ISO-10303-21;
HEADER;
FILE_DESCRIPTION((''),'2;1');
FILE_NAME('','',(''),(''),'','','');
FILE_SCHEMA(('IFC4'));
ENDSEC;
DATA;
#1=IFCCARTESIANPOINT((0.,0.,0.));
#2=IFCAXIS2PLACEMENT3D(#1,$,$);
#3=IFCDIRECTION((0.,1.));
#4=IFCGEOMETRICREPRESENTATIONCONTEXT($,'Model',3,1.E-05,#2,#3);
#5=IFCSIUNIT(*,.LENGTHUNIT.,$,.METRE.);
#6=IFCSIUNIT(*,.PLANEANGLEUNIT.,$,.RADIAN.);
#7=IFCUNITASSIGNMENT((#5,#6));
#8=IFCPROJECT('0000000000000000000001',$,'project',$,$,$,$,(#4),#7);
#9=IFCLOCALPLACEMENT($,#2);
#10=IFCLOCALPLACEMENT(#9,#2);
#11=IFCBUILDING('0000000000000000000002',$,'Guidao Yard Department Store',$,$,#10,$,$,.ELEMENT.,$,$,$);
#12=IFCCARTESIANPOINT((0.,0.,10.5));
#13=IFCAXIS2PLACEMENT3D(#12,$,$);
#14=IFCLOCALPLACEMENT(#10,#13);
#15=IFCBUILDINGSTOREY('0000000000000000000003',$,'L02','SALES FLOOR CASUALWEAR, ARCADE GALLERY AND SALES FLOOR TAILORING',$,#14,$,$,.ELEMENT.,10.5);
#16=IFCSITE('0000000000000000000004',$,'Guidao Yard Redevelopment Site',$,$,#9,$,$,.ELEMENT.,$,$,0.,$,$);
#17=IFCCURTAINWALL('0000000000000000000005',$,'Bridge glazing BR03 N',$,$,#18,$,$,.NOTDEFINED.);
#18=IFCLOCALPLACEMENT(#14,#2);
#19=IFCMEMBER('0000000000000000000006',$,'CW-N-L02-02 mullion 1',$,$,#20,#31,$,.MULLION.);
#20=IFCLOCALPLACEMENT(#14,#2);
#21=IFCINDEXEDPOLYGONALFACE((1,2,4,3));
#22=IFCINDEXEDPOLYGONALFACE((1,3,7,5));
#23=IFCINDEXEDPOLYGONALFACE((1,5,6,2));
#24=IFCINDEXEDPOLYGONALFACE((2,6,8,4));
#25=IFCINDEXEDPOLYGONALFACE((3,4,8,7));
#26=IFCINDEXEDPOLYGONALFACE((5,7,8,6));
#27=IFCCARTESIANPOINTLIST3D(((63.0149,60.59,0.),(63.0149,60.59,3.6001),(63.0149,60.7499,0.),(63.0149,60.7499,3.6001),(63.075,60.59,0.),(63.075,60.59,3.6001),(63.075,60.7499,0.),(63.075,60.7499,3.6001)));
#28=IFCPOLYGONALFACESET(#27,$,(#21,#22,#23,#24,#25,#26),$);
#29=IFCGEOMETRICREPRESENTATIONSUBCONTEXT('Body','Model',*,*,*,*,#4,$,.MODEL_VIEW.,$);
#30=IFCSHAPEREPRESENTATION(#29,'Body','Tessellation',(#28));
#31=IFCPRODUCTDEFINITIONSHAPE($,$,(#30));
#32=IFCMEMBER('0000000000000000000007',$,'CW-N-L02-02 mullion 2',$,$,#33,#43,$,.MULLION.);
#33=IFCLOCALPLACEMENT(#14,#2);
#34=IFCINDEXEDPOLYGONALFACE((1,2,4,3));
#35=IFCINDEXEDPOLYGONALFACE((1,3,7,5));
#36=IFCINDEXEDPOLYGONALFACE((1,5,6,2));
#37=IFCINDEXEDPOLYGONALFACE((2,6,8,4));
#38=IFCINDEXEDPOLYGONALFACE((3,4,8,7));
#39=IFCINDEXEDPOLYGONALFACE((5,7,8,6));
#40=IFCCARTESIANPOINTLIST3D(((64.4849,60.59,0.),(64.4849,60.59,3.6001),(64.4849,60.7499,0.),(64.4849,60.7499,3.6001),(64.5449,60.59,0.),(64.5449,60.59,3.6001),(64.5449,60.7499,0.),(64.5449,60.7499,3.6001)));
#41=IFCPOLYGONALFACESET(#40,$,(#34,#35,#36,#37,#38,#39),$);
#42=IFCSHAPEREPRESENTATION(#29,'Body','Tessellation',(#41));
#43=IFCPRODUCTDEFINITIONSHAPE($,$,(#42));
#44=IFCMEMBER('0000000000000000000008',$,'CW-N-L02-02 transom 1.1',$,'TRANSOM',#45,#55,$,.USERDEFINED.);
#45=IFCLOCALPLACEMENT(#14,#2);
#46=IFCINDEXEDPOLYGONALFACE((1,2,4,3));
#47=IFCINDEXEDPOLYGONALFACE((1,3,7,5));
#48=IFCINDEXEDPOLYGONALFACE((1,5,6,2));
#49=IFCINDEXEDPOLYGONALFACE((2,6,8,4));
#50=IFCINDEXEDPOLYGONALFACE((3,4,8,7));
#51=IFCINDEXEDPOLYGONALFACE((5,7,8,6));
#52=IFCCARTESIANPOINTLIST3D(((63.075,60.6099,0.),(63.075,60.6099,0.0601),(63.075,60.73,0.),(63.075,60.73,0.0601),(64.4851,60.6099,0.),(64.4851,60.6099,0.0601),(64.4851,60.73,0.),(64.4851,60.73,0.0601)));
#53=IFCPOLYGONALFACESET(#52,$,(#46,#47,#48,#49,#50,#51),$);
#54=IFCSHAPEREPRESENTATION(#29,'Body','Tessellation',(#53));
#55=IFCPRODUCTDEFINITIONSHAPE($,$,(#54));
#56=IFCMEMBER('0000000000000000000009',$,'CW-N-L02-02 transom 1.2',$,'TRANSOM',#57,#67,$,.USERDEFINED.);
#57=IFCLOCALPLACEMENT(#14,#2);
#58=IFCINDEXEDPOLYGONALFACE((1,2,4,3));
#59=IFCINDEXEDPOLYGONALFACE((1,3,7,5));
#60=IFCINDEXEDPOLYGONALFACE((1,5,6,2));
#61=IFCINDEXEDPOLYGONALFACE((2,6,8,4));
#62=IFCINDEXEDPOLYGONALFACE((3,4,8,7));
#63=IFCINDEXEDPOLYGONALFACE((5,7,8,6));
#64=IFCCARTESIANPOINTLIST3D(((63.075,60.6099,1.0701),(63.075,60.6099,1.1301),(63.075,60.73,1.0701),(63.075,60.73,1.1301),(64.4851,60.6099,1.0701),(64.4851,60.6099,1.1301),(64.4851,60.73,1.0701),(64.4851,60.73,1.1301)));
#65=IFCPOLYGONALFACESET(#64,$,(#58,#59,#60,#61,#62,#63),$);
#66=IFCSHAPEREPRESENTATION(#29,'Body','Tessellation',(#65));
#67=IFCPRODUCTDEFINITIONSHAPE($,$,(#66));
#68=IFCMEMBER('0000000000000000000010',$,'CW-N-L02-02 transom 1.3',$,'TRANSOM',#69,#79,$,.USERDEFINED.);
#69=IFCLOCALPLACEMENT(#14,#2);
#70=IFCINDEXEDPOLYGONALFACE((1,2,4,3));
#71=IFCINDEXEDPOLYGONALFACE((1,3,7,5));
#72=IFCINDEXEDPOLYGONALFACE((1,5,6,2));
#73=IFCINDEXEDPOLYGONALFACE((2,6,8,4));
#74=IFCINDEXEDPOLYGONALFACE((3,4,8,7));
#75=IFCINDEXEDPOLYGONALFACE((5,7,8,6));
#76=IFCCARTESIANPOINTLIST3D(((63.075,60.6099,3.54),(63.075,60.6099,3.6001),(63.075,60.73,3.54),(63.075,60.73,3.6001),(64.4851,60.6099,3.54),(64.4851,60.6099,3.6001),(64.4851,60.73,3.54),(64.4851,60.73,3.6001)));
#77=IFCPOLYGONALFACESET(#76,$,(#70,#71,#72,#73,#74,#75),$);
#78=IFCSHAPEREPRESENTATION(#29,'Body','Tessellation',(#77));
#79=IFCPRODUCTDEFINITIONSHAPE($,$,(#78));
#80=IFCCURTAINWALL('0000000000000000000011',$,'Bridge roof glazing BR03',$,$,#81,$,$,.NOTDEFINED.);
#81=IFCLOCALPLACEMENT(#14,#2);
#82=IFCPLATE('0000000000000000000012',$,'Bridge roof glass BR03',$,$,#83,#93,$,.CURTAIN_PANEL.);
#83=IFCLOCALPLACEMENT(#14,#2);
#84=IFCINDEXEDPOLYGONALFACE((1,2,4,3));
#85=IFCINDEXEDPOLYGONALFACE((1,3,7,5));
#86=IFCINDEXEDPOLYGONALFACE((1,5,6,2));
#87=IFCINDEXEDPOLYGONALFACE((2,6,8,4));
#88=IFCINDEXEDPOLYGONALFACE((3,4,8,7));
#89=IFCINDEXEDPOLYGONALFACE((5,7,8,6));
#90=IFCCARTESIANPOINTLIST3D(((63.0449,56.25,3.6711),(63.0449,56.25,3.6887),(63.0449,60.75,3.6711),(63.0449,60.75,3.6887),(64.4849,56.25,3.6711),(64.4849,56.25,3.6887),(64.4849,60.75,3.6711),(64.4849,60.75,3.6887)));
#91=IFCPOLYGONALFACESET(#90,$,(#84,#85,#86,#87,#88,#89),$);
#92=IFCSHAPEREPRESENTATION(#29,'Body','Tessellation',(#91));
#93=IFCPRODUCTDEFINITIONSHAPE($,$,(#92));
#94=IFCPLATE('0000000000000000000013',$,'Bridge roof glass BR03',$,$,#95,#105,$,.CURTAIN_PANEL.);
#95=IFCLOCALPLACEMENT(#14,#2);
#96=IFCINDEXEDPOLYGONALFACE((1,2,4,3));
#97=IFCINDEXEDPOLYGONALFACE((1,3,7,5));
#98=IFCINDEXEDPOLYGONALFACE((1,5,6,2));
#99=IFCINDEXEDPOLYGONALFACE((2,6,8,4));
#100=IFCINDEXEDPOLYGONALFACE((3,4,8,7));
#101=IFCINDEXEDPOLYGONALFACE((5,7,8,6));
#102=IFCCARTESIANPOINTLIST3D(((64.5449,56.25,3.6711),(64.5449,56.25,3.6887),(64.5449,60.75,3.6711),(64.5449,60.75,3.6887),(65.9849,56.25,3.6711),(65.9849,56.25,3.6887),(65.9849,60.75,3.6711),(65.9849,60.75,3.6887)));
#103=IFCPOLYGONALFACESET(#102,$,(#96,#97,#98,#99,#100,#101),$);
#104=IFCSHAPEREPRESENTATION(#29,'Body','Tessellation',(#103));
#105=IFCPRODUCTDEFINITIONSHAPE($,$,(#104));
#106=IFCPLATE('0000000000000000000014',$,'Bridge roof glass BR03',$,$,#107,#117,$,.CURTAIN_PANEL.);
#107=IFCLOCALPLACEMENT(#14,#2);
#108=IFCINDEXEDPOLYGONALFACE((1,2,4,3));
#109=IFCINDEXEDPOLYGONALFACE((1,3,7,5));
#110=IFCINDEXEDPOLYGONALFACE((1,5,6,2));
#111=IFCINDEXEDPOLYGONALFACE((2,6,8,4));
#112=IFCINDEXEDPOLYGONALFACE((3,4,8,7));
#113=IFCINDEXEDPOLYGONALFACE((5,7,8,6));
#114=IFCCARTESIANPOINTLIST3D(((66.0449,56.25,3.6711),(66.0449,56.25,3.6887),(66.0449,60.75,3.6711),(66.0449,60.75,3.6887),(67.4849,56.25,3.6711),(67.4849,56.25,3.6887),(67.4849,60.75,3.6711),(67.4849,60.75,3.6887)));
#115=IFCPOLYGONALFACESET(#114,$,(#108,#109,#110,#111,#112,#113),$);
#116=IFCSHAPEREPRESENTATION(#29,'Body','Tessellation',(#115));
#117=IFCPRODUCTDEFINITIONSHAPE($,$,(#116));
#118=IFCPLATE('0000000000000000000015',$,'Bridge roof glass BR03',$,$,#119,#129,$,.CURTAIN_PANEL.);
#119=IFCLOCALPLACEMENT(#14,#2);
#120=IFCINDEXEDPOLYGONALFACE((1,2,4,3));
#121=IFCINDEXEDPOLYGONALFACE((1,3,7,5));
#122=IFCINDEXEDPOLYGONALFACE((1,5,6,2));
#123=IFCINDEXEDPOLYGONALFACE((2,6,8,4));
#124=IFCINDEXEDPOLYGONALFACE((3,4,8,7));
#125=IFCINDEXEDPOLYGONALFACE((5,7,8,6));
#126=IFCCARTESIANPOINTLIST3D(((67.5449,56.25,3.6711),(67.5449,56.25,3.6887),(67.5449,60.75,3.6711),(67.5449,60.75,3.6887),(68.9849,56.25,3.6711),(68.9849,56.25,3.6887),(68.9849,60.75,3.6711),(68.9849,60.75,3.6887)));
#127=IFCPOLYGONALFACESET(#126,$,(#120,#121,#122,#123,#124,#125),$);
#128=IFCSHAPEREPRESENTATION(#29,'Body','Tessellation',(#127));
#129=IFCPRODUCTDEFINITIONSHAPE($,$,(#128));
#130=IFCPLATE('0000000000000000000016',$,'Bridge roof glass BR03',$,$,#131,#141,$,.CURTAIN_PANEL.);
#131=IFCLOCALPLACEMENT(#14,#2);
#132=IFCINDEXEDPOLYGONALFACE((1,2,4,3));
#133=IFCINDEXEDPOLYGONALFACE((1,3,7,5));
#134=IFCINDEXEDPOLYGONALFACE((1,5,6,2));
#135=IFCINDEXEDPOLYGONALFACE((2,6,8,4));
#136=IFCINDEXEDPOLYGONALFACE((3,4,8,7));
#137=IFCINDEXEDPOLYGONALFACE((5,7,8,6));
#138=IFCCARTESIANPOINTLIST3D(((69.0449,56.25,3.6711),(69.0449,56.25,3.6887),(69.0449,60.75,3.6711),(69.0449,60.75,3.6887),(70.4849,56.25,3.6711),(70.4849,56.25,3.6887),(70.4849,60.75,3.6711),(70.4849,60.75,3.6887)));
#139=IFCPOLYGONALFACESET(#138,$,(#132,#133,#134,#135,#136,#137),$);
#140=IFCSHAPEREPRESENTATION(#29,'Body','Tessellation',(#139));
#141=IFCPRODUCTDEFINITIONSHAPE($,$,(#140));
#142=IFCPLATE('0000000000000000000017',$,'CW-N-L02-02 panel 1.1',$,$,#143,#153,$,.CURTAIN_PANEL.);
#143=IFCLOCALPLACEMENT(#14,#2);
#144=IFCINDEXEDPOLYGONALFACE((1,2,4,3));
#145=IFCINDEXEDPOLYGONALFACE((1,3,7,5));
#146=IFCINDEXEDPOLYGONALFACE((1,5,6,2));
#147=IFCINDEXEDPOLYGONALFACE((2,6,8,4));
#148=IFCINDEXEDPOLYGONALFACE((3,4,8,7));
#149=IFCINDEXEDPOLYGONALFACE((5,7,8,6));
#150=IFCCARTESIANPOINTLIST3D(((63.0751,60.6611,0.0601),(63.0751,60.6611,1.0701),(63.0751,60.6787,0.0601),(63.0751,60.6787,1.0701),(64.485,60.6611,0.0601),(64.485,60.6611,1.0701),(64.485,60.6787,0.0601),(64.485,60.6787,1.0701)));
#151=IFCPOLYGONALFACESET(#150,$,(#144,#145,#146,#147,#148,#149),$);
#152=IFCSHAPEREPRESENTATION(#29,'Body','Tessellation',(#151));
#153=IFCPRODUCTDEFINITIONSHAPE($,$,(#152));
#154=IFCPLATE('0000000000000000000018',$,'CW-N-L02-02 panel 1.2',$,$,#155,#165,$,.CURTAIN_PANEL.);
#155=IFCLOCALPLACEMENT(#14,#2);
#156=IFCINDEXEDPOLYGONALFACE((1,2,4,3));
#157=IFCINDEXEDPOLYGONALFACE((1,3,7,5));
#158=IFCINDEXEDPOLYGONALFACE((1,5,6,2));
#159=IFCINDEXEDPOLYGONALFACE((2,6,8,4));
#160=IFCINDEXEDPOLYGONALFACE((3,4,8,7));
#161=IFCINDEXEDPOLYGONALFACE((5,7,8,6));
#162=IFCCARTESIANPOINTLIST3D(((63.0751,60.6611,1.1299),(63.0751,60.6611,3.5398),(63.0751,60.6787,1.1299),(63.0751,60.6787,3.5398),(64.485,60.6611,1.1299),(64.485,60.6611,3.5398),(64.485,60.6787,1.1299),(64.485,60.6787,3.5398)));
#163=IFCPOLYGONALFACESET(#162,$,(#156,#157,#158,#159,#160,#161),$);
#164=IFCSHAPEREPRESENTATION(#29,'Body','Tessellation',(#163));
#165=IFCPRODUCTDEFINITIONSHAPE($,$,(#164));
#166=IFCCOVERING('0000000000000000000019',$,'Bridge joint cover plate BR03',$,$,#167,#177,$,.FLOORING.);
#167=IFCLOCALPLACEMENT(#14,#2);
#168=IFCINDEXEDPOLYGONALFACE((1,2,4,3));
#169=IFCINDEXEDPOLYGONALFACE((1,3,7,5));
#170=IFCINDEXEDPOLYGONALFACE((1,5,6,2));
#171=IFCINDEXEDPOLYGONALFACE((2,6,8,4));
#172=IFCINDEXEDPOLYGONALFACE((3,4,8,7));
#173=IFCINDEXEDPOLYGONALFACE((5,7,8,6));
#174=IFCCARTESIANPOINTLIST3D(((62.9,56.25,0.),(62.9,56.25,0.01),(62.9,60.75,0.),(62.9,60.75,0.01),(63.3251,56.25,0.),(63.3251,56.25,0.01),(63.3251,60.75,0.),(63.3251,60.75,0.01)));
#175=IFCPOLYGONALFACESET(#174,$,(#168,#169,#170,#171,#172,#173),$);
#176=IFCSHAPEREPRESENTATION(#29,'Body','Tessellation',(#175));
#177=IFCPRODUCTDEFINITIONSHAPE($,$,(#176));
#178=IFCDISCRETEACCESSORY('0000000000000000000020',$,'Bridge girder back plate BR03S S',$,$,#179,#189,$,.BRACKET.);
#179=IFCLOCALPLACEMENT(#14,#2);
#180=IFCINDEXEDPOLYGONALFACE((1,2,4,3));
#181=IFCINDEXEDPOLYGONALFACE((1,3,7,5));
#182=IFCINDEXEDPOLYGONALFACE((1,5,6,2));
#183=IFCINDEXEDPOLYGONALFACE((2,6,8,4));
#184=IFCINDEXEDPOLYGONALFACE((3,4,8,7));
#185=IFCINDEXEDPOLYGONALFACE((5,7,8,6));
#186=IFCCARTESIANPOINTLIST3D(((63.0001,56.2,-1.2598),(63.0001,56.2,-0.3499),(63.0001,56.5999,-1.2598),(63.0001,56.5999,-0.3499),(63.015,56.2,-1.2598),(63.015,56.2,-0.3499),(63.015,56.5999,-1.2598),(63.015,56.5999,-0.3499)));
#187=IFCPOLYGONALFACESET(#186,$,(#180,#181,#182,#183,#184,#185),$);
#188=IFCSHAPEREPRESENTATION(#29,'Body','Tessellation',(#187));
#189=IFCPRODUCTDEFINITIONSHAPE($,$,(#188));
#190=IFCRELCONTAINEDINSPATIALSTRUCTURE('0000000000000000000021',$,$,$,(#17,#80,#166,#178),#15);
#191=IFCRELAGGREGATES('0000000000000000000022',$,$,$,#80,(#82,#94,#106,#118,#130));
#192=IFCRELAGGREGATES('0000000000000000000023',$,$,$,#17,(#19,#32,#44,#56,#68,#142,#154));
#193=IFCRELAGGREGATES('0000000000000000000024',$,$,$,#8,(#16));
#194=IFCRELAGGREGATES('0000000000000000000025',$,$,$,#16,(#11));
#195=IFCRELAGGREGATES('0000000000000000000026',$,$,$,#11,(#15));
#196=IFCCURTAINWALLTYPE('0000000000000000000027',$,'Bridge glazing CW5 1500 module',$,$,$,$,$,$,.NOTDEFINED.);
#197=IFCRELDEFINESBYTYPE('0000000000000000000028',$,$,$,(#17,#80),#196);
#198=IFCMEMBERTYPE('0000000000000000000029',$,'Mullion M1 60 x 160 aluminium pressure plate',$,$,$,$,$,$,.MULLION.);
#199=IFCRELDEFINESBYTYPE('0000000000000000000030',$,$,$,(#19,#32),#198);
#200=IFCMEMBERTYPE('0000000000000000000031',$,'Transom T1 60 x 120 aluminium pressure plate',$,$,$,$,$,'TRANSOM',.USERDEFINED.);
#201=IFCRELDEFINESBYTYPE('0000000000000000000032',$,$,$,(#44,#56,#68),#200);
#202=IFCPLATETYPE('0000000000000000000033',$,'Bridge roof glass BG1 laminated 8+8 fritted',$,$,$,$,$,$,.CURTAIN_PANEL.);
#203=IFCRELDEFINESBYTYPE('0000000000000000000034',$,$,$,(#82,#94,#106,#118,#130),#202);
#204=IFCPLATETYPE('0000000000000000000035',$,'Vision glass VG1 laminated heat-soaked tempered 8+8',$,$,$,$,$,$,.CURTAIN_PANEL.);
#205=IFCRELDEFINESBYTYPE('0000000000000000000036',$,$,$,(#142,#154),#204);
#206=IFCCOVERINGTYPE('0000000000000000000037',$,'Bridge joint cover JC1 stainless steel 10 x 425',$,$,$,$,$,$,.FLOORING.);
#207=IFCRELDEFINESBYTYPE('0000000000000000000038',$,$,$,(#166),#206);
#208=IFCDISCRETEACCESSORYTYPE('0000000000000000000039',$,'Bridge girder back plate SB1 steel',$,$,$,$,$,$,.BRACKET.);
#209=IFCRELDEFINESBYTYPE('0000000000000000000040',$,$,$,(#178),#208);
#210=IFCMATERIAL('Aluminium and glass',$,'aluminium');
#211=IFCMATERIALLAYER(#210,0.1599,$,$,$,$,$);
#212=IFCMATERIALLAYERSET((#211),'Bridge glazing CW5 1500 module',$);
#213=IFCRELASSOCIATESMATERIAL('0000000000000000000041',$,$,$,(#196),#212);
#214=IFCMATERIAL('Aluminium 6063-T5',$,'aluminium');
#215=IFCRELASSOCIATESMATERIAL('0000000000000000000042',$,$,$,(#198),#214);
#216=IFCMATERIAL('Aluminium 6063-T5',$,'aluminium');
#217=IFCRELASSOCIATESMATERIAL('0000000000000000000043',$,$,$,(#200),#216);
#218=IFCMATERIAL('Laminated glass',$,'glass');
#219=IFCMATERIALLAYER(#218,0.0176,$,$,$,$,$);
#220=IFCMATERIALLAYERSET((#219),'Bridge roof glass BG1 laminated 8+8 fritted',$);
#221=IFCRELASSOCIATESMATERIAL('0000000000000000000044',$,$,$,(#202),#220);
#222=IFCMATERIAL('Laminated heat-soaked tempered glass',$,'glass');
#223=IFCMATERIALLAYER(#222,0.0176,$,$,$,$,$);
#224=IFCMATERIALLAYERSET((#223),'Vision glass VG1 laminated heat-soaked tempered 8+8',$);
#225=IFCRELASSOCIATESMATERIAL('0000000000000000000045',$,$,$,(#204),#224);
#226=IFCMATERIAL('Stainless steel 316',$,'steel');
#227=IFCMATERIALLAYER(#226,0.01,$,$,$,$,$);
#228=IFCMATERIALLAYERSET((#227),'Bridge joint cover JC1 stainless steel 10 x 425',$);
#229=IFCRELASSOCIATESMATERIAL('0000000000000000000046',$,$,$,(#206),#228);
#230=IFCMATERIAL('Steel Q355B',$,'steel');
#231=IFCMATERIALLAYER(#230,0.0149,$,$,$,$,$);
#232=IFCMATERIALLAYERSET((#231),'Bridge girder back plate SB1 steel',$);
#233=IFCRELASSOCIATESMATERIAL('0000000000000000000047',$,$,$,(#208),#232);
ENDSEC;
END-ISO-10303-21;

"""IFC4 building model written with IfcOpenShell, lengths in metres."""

from ifc_helpers import new_model, si_unit, direction, frame, origin, origin_2d, place, context, subcontext, project, spatial, rectangle, extrude, material, layer, layer_set, material_profile, profile_set, type_object, element, aggregate, save


model = new_model("IFC4")

# Units and contexts
model_context = context("Model", 3, precision=1e-05, world=origin(), true_north=direction((0.0, 1.0)))
body_context = subcontext(model_context, "Body", "Model", "MODEL_VIEW")
ifc_project = project(units=[si_unit("LENGTHUNIT", "METRE"), si_unit("PLANEANGLEUNIT", "RADIAN")], contexts=[model_context])

# Site, building, storey
site_placement = place(None, origin())
site = spatial("IfcSite", under=ifc_project, at=site_placement, Name="Guidao Yard Redevelopment Site", CompositionType="ELEMENT", RefElevation=0.0)
building_placement = place(site_placement, origin())
building = spatial("IfcBuilding", under=site, at=building_placement, Name="Guidao Yard Department Store", CompositionType="ELEMENT")
storey_placement = place(building_placement, frame((0.0, 0.0, 10.5)))
storey = spatial("IfcBuildingStorey", under=building, at=storey_placement, Name="L02", Description="SALES FLOOR CASUALWEAR, ARCADE GALLERY AND SALES FLOOR TAILORING", CompositionType="ELEMENT", Elevation=10.5)

# Curtain wall, members
ifc_material_1 = material(Name="Aluminium and glass", Category="aluminium")
ifc_layer_1 = layer(ifc_material_1, 0.1599)
ifc_layer_set_1 = layer_set([ifc_layer_1], Name="Bridge glazing CW5 1500 module")
curtain_wall_type = type_object("IfcCurtainWallType", Name="Bridge glazing CW5 1500 module", PredefinedType="NOTDEFINED", material=ifc_layer_set_1)
curtain_wall_1_placement = place(storey_placement, origin())
curtain_wall_1 = element("IfcCurtainWall", 1, at=curtain_wall_1_placement, inside=storey, type_object=curtain_wall_type, Name="Bridge glazing BR03 N", PredefinedType="NOTDEFINED")
ifc_material_2 = material(Name="Aluminium 6063-T5", Category="aluminium")
ifc_material_profile_1 = material_profile(ifc_material_2, rectangle(XDim=0.0601, YDim=0.1599, at=origin_2d()), Name="Mullion M1 60 x 160 aluminium pressure plate")
ifc_profile_set_1 = profile_set([ifc_material_profile_1], Name="Aluminium 6063-T5")
member_type_1 = type_object("IfcMemberType", Name="Mullion M1 60 x 160 aluminium pressure plate", PredefinedType="MULLION", material=ifc_profile_set_1)
member_1_placement = place(storey_placement, frame((63.0449, 60.6699, 0.0), z_axis=(0.0, 0.0, 1.0), x_axis=(1.0, 0.0, 0.0)))
member_1 = element("IfcMember", 2, at=member_1_placement, type_object=member_type_1, Name="CW-N-L02-02 mullion 1", PredefinedType="MULLION", context=body_context, shape_type="SweptSolid", body=[
    extrude(rectangle(XDim=0.0601, YDim=0.1599, at=origin_2d()), origin(), (0.0, 0.0, 1.0), 3.6001),
])
member_2_placement = place(storey_placement, frame((64.5149, 60.6699, 0.0), z_axis=(0.0, 0.0, 1.0), x_axis=(1.0, 0.0, 0.0)))
member_2 = element("IfcMember", 3, at=member_2_placement, type_object=member_type_1, Name="CW-N-L02-02 mullion 2", PredefinedType="MULLION", context=body_context, shape_type="SweptSolid", body=[
    extrude(rectangle(XDim=0.0601, YDim=0.1599, at=origin_2d()), origin(), (0.0, 0.0, 1.0), 3.6001),
])
ifc_material_3 = material(Name="Aluminium 6063-T5", Category="aluminium")
ifc_material_profile_2 = material_profile(ifc_material_3, rectangle(XDim=0.1201, YDim=0.0601, at=origin_2d()), Name="Transom T1 60 x 120 aluminium pressure plate")
ifc_profile_set_2 = profile_set([ifc_material_profile_2], Name="Aluminium 6063-T5")
member_type_2 = type_object("IfcMemberType", Name="Transom T1 60 x 120 aluminium pressure plate", ElementType="TRANSOM", PredefinedType="USERDEFINED", material=ifc_profile_set_2)
member_3_placement = place(storey_placement, frame((63.075, 60.6699, 0.03), z_axis=(1.0, 0.0, 0.0), x_axis=(0.0, 1.0, 0.0)))
member_3 = element("IfcMember", 4, at=member_3_placement, type_object=member_type_2, Name="CW-N-L02-02 transom 1.1", ObjectType="TRANSOM", PredefinedType="USERDEFINED", context=body_context, shape_type="SweptSolid", body=[
    extrude(rectangle(XDim=0.1201, YDim=0.0601, at=origin_2d()), origin(), (0.0, 0.0, 1.0), 1.4102),
])
member_4_placement = place(storey_placement, frame((63.075, 60.6699, 1.1001), z_axis=(1.0, 0.0, 0.0), x_axis=(0.0, 1.0, 0.0)))
member_4 = element("IfcMember", 5, at=member_4_placement, type_object=member_type_2, Name="CW-N-L02-02 transom 1.2", ObjectType="TRANSOM", PredefinedType="USERDEFINED", context=body_context, shape_type="SweptSolid", body=[
    extrude(rectangle(XDim=0.1201, YDim=0.0601, at=origin_2d()), origin(), (0.0, 0.0, 1.0), 1.4102),
])
member_5_placement = place(storey_placement, frame((63.075, 60.6699, 3.5701), z_axis=(1.0, 0.0, 0.0), x_axis=(0.0, 1.0, 0.0)))
member_5 = element("IfcMember", 6, at=member_5_placement, type_object=member_type_2, Name="CW-N-L02-02 transom 1.3", ObjectType="TRANSOM", PredefinedType="USERDEFINED", context=body_context, shape_type="SweptSolid", body=[
    extrude(rectangle(XDim=0.1201, YDim=0.0601, at=origin_2d()), origin(), (0.0, 0.0, 1.0), 1.4102),
])

# Curtain wall, plates
curtain_wall_2_placement = place(storey_placement, origin())
curtain_wall_2 = element("IfcCurtainWall", 7, at=curtain_wall_2_placement, inside=storey, type_object=curtain_wall_type, Name="Bridge roof glazing BR03", PredefinedType="NOTDEFINED")
ifc_material_4 = material(Name="Laminated glass", Category="glass")
ifc_layer_2 = layer(ifc_material_4, 0.0176)
ifc_layer_set_2 = layer_set([ifc_layer_2], Name="Bridge roof glass BG1 laminated 8+8 fritted")
plate_type_1 = type_object("IfcPlateType", Name="Bridge roof glass BG1 laminated 8+8 fritted", PredefinedType="CURTAIN_PANEL", material=ifc_layer_set_2)
plate_1_placement = place(storey_placement, frame((63.7649, 58.5, 3.6711), z_axis=(0.0, 0.0, 1.0), x_axis=(1.0, 0.0, 0.0)))
plate_1 = element("IfcPlate", 8, at=plate_1_placement, type_object=plate_type_1, Name="Bridge roof glass BR03", PredefinedType="CURTAIN_PANEL", context=body_context, shape_type="SweptSolid", body=[
    extrude(rectangle(XDim=1.4399, YDim=4.5, at=origin_2d()), origin(), (0.0, 0.0, 1.0), 0.0176),
])
plate_2_placement = place(storey_placement, frame((65.2649, 58.5, 3.6711), z_axis=(0.0, 0.0, 1.0), x_axis=(1.0, 0.0, 0.0)))
plate_2 = element("IfcPlate", 9, at=plate_2_placement, type_object=plate_type_1, Name="Bridge roof glass BR03", PredefinedType="CURTAIN_PANEL", context=body_context, shape_type="SweptSolid", body=[
    extrude(rectangle(XDim=1.4399, YDim=4.5, at=origin_2d()), origin(), (0.0, 0.0, 1.0), 0.0176),
])
plate_3_placement = place(storey_placement, frame((66.7649, 58.5, 3.6711), z_axis=(0.0, 0.0, 1.0), x_axis=(1.0, 0.0, 0.0)))
plate_3 = element("IfcPlate", 10, at=plate_3_placement, type_object=plate_type_1, Name="Bridge roof glass BR03", PredefinedType="CURTAIN_PANEL", context=body_context, shape_type="SweptSolid", body=[
    extrude(rectangle(XDim=1.4399, YDim=4.5, at=origin_2d()), origin(), (0.0, 0.0, 1.0), 0.0176),
])
plate_4_placement = place(storey_placement, frame((68.2649, 58.5, 3.6711), z_axis=(0.0, 0.0, 1.0), x_axis=(1.0, 0.0, 0.0)))
plate_4 = element("IfcPlate", 11, at=plate_4_placement, type_object=plate_type_1, Name="Bridge roof glass BR03", PredefinedType="CURTAIN_PANEL", context=body_context, shape_type="SweptSolid", body=[
    extrude(rectangle(XDim=1.4399, YDim=4.5, at=origin_2d()), origin(), (0.0, 0.0, 1.0), 0.0176),
])
plate_5_placement = place(storey_placement, frame((69.7649, 58.5, 3.6711), z_axis=(0.0, 0.0, 1.0), x_axis=(1.0, 0.0, 0.0)))
plate_5 = element("IfcPlate", 12, at=plate_5_placement, type_object=plate_type_1, Name="Bridge roof glass BR03", PredefinedType="CURTAIN_PANEL", context=body_context, shape_type="SweptSolid", body=[
    extrude(rectangle(XDim=1.4399, YDim=4.5, at=origin_2d()), origin(), (0.0, 0.0, 1.0), 0.0176),
])
aggregate(curtain_wall_2, [plate_1, plate_2, plate_3, plate_4, plate_5])

# Plates
ifc_material_5 = material(Name="Laminated heat-soaked tempered glass", Category="glass")
ifc_layer_3 = layer(ifc_material_5, 0.0176)
ifc_layer_set_3 = layer_set([ifc_layer_3], Name="Vision glass VG1 laminated heat-soaked tempered 8+8")
plate_type_2 = type_object("IfcPlateType", Name="Vision glass VG1 laminated heat-soaked tempered 8+8", PredefinedType="CURTAIN_PANEL", material=ifc_layer_set_3)
plate_6_placement = place(storey_placement, frame((63.78, 60.6699, 0.0601), z_axis=(0.0, 0.0, 1.0), x_axis=(1.0, 0.0, 0.0)))
plate_6 = element("IfcPlate", 13, at=plate_6_placement, type_object=plate_type_2, Name="CW-N-L02-02 panel 1.1", PredefinedType="CURTAIN_PANEL", context=body_context, shape_type="SweptSolid", body=[
    extrude(rectangle(XDim=1.4099, YDim=0.0176, at=origin_2d()), origin(), (0.0, 0.0, 1.0), 1.01),
])
plate_7_placement = place(storey_placement, frame((63.78, 60.6699, 1.1299), z_axis=(0.0, 0.0, 1.0), x_axis=(1.0, 0.0, 0.0)))
plate_7 = element("IfcPlate", 14, at=plate_7_placement, type_object=plate_type_2, Name="CW-N-L02-02 panel 1.2", PredefinedType="CURTAIN_PANEL", context=body_context, shape_type="SweptSolid", body=[
    extrude(rectangle(XDim=1.4099, YDim=0.0176, at=origin_2d()), origin(), (0.0, 0.0, 1.0), 2.4099),
])
aggregate(curtain_wall_1, [member_1, member_2, member_3, member_4, member_5, plate_6, plate_7])

# Covering
ifc_material_6 = material(Name="Stainless steel 316", Category="steel")
ifc_layer_4 = layer(ifc_material_6, 0.01)
ifc_layer_set_4 = layer_set([ifc_layer_4], Name="Bridge joint cover JC1 stainless steel 10 x 425")
covering_type = type_object("IfcCoveringType", Name="Bridge joint cover JC1 stainless steel 10 x 425", PredefinedType="FLOORING", material=ifc_layer_set_4)
covering_placement = place(storey_placement, frame((63.1125, 58.5, 0.0), z_axis=(0.0, 0.0, 1.0), x_axis=(1.0, 0.0, 0.0)))
element("IfcCovering", 15, at=covering_placement, inside=storey, type_object=covering_type, Name="Bridge joint cover plate BR03", PredefinedType="FLOORING", context=body_context, shape_type="SweptSolid", body=[
    extrude(rectangle(XDim=0.425, YDim=4.5, at=origin_2d()), origin(), (0.0, 0.0, 1.0), 0.01),
])

# Discrete accessory
ifc_material_7 = material(Name="Steel Q355B", Category="steel")
ifc_layer_5 = layer(ifc_material_7, 0.0149)
ifc_layer_set_5 = layer_set([ifc_layer_5], Name="Bridge girder back plate SB1 steel")
discrete_accessory_type_1 = type_object("IfcDiscreteAccessoryType", Name="Bridge girder back plate SB1 steel", PredefinedType="BRACKET", material=ifc_layer_set_5)
for number, where, z_axis, x_axis, name in (
    (16, (63.0076, 56.3999, -1.2598), (0.0, 0.0, 1.0), (1.0, 0.0, 0.0), "Bridge girder back plate BR03S S"),
):
    element("IfcDiscreteAccessory", number, at=place(storey_placement, frame(where, z_axis=z_axis, x_axis=x_axis)), inside=storey, type_object=discrete_accessory_type_1, Name=name, PredefinedType="BRACKET", context=body_context, shape_type="SweptSolid", body=[
        extrude(rectangle(XDim=0.0149, YDim=0.3999, at=origin_2d()), origin(), (0.0, 0.0, 1.0), 0.9099),
    ])

save(model, "model.ifc")
